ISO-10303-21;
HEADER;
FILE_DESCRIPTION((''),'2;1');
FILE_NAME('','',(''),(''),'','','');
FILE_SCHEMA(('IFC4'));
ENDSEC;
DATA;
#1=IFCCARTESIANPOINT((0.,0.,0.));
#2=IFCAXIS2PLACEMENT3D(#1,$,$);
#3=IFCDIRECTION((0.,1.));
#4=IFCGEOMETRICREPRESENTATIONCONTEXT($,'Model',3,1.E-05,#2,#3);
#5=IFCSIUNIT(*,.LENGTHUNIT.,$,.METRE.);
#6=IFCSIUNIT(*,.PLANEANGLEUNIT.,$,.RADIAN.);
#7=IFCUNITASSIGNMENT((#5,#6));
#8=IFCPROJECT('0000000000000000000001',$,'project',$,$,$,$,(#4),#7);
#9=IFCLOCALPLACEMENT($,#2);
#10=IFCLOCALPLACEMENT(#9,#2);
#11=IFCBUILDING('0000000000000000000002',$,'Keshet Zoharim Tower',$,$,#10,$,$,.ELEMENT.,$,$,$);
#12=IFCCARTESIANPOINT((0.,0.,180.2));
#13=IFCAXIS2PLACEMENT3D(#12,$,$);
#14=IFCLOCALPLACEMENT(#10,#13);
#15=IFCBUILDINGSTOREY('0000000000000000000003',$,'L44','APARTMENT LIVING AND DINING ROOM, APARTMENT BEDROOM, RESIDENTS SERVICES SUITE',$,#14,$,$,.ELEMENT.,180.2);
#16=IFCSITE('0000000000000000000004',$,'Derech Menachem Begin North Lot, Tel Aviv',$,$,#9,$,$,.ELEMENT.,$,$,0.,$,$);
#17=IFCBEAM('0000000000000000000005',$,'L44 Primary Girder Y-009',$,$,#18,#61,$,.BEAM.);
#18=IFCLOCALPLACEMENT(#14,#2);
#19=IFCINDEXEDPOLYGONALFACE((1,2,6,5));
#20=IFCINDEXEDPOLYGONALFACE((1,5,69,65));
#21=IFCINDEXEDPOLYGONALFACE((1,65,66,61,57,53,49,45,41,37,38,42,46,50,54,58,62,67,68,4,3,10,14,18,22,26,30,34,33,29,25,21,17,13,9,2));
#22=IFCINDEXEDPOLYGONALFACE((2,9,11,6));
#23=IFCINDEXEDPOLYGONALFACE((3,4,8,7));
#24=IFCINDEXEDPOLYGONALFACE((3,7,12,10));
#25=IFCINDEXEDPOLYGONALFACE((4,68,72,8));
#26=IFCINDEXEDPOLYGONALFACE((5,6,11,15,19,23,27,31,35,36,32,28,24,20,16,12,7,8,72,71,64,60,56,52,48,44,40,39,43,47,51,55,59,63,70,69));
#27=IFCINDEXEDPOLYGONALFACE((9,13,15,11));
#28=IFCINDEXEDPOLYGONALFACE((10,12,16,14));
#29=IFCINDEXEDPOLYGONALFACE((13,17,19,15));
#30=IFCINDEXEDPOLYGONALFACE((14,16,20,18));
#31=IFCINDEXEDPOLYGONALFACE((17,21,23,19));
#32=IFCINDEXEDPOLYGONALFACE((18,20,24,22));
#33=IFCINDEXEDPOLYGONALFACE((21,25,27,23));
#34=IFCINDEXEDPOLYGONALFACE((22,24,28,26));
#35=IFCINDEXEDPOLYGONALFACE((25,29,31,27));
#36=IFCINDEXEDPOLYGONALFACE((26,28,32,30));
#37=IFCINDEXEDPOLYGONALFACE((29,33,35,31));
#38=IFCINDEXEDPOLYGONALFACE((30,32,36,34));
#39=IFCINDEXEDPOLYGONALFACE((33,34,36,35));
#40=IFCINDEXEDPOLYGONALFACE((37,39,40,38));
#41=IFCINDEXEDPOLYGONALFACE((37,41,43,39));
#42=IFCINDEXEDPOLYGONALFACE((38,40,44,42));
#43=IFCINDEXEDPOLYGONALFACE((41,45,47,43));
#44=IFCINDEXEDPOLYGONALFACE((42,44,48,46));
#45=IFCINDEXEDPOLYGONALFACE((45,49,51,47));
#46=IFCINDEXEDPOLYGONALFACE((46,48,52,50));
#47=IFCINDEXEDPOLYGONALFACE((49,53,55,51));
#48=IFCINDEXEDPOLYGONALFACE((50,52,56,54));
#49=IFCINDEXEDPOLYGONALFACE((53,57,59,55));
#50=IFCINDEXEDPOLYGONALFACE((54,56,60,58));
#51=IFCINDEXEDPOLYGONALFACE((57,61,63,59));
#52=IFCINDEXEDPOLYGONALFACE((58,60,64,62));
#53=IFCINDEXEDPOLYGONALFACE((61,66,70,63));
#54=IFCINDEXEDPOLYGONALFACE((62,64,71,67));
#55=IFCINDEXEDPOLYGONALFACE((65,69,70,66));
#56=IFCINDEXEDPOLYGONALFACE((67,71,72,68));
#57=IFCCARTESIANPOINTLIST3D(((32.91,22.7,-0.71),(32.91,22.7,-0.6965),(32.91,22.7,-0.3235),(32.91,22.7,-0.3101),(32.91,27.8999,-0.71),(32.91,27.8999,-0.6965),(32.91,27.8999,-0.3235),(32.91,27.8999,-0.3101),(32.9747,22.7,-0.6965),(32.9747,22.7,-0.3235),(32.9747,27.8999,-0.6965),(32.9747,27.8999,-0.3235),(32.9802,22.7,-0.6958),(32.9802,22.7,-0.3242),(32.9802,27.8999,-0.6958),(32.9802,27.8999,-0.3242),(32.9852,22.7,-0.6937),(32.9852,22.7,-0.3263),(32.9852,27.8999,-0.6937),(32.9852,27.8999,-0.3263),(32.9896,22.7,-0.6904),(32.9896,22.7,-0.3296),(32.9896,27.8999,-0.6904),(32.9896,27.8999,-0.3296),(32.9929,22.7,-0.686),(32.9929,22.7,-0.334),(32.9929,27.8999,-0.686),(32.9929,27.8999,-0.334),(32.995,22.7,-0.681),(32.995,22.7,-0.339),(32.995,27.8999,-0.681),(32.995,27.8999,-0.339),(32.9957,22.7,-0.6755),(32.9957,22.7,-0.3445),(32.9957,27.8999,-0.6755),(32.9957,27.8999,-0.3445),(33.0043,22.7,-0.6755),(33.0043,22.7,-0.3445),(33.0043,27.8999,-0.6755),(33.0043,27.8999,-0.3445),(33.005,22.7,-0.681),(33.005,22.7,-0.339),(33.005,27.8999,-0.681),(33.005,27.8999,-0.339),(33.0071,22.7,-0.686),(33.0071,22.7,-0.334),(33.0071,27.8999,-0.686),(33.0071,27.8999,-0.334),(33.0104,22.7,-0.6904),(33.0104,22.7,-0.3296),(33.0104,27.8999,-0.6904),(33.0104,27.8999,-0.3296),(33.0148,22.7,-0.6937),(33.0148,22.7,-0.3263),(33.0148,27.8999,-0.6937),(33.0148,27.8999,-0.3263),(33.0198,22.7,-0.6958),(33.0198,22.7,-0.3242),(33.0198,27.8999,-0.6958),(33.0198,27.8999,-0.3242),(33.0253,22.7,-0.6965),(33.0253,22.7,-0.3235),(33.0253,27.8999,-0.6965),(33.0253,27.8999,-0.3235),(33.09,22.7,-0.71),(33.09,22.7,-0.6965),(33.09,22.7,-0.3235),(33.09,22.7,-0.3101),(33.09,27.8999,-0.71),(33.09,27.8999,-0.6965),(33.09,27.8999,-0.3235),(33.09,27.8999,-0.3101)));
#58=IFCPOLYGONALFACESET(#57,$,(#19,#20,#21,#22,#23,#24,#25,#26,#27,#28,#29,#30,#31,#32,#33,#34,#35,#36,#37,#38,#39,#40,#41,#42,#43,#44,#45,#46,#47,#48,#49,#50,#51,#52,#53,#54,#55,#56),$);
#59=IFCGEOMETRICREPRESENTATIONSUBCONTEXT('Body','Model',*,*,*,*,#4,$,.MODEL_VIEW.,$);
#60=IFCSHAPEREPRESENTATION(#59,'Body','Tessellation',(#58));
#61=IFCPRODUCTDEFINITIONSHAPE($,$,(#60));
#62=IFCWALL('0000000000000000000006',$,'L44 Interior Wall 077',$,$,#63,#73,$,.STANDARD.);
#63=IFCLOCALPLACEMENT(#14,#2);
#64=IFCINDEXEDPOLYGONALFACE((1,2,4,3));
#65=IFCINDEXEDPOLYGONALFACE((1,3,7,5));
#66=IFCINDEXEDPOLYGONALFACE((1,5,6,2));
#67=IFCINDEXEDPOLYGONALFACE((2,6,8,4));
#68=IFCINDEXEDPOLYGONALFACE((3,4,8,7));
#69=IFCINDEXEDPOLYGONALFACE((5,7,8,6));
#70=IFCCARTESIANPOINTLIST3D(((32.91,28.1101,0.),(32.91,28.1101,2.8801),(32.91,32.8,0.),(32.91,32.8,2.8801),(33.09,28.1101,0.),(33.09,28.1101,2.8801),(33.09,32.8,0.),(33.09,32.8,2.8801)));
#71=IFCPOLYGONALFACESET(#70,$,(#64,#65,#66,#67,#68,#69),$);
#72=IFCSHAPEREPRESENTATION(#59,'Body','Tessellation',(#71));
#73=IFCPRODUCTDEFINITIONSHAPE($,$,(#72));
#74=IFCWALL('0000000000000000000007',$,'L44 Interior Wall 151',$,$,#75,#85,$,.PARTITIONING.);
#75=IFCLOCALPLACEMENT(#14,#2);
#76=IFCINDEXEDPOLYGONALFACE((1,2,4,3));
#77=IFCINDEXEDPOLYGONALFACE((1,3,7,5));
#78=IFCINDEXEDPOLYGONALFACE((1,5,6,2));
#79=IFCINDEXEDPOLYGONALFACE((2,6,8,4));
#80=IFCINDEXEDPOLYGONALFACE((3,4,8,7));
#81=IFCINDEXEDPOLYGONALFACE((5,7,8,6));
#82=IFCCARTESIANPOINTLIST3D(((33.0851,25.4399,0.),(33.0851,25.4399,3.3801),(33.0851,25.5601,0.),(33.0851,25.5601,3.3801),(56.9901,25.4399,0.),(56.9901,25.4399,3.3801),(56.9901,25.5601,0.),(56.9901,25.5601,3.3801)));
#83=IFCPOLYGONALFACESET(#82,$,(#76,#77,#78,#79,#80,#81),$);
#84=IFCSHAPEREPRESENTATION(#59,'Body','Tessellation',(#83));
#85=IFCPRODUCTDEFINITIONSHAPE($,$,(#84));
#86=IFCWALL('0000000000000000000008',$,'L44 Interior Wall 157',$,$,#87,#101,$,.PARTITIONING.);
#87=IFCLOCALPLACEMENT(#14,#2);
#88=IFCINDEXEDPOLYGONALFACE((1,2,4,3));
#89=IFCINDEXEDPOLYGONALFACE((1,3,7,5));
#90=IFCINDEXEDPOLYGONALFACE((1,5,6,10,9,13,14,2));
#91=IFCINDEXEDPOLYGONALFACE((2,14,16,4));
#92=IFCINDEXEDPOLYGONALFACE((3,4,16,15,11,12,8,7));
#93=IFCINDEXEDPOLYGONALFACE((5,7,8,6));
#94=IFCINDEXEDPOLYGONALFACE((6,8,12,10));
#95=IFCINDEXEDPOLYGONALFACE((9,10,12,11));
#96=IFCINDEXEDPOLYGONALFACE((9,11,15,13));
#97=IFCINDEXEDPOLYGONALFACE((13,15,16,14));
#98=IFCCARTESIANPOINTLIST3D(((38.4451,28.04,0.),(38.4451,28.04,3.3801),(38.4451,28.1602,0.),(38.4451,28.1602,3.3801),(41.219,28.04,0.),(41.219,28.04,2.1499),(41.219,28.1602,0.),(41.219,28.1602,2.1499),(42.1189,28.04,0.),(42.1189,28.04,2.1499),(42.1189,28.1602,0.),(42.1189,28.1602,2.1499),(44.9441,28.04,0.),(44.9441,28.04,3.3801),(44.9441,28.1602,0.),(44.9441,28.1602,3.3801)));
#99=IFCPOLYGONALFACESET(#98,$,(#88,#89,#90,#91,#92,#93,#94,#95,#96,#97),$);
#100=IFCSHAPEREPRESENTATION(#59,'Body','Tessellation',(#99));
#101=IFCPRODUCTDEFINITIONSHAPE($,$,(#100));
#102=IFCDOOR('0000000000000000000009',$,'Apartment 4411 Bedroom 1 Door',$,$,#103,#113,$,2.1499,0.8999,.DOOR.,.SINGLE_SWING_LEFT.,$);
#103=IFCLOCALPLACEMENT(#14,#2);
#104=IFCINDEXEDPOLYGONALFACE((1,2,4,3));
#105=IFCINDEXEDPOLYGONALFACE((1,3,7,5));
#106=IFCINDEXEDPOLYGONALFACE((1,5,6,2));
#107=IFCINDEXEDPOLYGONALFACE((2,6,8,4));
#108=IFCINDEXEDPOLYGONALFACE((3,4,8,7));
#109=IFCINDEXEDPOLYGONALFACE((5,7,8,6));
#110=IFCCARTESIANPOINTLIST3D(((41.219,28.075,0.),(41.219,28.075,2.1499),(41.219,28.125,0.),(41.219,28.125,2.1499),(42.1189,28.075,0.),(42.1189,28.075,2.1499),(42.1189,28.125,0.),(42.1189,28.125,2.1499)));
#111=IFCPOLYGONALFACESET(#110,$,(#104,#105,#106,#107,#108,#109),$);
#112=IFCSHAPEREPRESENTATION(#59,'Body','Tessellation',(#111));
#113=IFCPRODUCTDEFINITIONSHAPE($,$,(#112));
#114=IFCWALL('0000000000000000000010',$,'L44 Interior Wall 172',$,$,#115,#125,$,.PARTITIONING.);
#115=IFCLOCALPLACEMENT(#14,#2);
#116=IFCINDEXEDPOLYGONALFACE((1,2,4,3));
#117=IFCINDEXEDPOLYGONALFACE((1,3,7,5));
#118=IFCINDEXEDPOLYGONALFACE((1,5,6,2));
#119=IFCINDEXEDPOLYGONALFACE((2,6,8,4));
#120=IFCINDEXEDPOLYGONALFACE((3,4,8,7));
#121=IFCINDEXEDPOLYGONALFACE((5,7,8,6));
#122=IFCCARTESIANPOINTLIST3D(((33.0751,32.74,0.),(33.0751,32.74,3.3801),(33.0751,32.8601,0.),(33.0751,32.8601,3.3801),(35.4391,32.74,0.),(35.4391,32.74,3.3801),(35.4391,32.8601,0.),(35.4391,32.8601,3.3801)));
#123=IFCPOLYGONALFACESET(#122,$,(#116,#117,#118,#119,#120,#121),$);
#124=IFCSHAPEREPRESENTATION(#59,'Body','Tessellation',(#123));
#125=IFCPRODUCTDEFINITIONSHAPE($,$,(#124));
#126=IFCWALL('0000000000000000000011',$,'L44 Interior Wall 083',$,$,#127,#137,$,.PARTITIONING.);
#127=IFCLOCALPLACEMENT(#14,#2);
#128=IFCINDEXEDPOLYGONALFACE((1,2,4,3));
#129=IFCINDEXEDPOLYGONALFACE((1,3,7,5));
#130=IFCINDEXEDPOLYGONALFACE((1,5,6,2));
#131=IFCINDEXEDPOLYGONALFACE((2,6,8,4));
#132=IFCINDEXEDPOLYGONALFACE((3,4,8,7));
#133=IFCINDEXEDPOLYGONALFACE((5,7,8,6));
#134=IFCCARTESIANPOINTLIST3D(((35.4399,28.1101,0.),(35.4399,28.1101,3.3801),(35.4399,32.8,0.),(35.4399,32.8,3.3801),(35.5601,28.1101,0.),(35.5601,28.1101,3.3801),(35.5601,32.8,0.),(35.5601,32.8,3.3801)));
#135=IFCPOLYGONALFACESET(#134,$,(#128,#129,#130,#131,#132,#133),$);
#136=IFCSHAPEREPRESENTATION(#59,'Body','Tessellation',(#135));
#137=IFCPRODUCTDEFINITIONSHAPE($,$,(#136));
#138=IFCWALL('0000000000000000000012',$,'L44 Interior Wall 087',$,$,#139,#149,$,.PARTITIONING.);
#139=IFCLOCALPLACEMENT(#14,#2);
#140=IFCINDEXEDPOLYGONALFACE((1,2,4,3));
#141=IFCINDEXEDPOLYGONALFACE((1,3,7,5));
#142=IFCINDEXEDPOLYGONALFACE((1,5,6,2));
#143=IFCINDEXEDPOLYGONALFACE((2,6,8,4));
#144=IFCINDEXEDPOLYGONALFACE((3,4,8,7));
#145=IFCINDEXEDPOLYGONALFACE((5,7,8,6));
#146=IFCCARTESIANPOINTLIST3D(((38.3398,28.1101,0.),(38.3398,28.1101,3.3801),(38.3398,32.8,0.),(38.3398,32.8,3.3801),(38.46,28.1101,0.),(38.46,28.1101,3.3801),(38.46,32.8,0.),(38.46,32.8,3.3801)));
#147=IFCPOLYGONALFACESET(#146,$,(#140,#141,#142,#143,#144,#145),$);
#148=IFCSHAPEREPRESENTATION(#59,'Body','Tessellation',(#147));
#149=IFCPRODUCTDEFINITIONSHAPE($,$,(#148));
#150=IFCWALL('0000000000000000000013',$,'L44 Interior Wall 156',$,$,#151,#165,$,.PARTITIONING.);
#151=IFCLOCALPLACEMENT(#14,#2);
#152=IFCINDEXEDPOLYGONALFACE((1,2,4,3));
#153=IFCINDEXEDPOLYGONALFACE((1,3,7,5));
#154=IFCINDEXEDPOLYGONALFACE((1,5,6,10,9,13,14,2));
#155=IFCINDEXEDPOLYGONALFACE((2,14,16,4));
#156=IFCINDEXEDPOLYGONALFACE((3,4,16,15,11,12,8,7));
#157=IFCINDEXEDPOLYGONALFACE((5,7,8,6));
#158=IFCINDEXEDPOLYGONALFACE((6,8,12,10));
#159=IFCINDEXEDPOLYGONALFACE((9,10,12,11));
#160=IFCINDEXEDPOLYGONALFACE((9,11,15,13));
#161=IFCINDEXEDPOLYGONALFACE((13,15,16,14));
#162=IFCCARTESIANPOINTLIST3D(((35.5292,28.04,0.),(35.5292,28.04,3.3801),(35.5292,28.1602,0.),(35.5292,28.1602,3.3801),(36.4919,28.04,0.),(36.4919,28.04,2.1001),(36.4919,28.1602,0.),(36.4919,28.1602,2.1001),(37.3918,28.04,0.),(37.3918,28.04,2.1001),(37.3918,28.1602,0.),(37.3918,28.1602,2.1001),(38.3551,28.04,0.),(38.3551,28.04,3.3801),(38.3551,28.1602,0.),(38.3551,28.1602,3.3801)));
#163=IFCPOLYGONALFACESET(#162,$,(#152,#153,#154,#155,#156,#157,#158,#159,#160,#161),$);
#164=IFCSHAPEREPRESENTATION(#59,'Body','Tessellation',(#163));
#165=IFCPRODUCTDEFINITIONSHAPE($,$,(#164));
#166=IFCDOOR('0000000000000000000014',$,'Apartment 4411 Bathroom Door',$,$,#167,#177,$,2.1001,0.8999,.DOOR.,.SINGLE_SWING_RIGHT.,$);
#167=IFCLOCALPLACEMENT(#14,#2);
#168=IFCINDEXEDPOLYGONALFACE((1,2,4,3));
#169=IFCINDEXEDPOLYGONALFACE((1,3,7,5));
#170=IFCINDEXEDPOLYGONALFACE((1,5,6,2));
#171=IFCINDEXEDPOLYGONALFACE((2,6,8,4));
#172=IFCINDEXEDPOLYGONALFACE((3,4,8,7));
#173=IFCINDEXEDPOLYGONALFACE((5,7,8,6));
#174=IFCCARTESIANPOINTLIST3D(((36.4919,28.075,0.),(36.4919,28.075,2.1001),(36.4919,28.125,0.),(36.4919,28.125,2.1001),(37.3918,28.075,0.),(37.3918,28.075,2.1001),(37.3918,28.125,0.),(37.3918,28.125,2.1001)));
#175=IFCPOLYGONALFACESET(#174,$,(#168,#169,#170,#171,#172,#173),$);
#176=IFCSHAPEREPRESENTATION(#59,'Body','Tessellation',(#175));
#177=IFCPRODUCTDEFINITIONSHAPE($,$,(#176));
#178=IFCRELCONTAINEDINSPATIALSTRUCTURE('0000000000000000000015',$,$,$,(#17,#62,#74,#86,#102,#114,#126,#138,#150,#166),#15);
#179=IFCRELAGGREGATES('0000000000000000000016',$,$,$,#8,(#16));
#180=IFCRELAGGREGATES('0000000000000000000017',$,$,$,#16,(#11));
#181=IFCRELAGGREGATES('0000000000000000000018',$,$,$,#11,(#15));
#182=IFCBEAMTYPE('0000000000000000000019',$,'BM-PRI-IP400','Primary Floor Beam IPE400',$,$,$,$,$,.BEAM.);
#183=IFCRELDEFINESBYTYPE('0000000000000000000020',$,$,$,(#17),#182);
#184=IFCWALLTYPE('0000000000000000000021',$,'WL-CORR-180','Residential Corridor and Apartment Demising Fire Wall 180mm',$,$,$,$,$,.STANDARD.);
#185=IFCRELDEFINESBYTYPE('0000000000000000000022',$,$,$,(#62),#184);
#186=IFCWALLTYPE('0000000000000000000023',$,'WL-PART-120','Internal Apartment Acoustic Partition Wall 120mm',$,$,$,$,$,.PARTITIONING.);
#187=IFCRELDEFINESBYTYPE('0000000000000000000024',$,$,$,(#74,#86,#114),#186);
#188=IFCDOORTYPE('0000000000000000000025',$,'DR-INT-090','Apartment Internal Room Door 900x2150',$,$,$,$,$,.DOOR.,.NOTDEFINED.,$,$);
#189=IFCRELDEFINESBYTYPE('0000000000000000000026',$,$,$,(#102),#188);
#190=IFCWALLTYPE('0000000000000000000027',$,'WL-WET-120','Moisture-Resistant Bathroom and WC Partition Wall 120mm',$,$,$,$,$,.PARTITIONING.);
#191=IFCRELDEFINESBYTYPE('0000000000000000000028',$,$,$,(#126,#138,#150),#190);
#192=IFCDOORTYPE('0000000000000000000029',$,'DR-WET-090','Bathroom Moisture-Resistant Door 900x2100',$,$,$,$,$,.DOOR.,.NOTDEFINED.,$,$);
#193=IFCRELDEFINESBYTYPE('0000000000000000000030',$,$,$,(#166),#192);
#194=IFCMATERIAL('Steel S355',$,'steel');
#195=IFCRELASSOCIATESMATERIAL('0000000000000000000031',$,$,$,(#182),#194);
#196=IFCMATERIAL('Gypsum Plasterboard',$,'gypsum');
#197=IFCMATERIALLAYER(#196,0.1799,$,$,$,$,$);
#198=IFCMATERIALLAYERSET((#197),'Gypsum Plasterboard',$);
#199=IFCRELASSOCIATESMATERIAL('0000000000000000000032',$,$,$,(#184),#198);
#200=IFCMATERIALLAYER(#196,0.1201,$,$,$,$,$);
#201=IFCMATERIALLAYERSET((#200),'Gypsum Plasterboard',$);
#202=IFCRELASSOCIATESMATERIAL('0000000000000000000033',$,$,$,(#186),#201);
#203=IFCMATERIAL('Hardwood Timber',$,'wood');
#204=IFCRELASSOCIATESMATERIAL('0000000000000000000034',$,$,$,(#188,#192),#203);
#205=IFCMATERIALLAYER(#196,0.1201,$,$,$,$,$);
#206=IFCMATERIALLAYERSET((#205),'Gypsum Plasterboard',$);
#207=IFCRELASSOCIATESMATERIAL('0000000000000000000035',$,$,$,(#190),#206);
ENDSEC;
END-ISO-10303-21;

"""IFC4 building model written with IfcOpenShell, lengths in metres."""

from ifc_helpers import new_model, si_unit, direction, frame, frame_2d, origin, origin_2d, place, context, subcontext, project, spatial, rectangle, i_section, extrude, material, layer, layer_set, material_profile, profile_set, type_object, element, fill, save


model = new_model("IFC4")

# Units and contexts
model_context = context("Model", 3, precision=1e-05, world=origin(), true_north=direction((0.0, 1.0)))
body_context = subcontext(model_context, "Body", "Model", "MODEL_VIEW")
ifc_project = project(units=[si_unit("LENGTHUNIT", "METRE"), si_unit("PLANEANGLEUNIT", "RADIAN")], contexts=[model_context])

# Site, building, storey
site_placement = place(None, origin())
site = spatial("IfcSite", under=ifc_project, at=site_placement, Name="Derech Menachem Begin North Lot, Tel Aviv", CompositionType="ELEMENT", RefElevation=0.0)
building_placement = place(site_placement, origin())
building = spatial("IfcBuilding", under=site, at=building_placement, Name="Keshet Zoharim Tower", CompositionType="ELEMENT")
storey_placement = place(building_placement, frame((0.0, 0.0, 180.2)))
storey = spatial("IfcBuildingStorey", under=building, at=storey_placement, Name="L44", Description="APARTMENT LIVING AND DINING ROOM, APARTMENT BEDROOM, RESIDENTS SERVICES SUITE", CompositionType="ELEMENT", Elevation=180.2)

# Beam
ifc_material_1 = material(Name="Steel S355", Category="steel")
ifc_material_profile_1 = material_profile(ifc_material_1, i_section(OverallWidth=0.1799, OverallDepth=0.3999, WebThickness=0.0085, FlangeThickness=0.0134, FilletRadius=0.021, at=origin_2d()), Name="IPE400")
ifc_profile_set_1 = profile_set([ifc_material_profile_1], Name="Steel S355")
beam_type_1 = type_object("IfcBeamType", Name="BM-PRI-IP400", Description="Primary Floor Beam IPE400", PredefinedType="BEAM", material=ifc_profile_set_1)
beam_1_placement = place(storey_placement, frame((33.0, 22.7, -0.51), z_axis=(0.0, 1.0, 0.0), x_axis=(-1.0, 0.0, 0.0)))
element("IfcBeam", 1, at=beam_1_placement, inside=storey, type_object=beam_type_1, Name="L44 Primary Girder Y-009", PredefinedType="BEAM", context=body_context, shape_type="SweptSolid", body=[
    extrude(i_section(OverallWidth=0.1799, OverallDepth=0.3999, WebThickness=0.0085, FlangeThickness=0.0134, FilletRadius=0.021, at=origin_2d()), origin(), (0.0, 0.0, 1.0), 5.2),
])

# Shared definitions
ifc_material_2 = material(Name="Gypsum Plasterboard", Category="gypsum")
ifc_material_3 = material(Name="Hardwood Timber", Category="wood")
ifc_layer_1 = layer(ifc_material_2, 0.1799)
ifc_layer_set_1 = layer_set([ifc_layer_1], Name="Gypsum Plasterboard")
wall_type_1 = type_object("IfcWallType", Name="WL-CORR-180", Description="Residential Corridor and Apartment Demising Fire Wall 180mm", PredefinedType="STANDARD", material=ifc_layer_set_1)

# Walls
wall_1_placement = place(storey_placement, frame((33.0, 28.1101, 0.0), z_axis=(0.0, 0.0, 1.0), x_axis=(0.0, 1.0, 0.0)))
element("IfcWall", 2, at=wall_1_placement, inside=storey, type_object=wall_type_1, Name="L44 Interior Wall 077", PredefinedType="STANDARD", context=body_context, shape_type="SweptSolid", body=[
    extrude(rectangle(XDim=4.6899, YDim=0.1799, at=frame_2d((2.345, 0.0))), origin(), (0.0, 0.0, 1.0), 2.8801),
])
ifc_layer_2 = layer(ifc_material_2, 0.1201)
ifc_layer_set_2 = layer_set([ifc_layer_2], Name="Gypsum Plasterboard")
wall_type_2 = type_object("IfcWallType", Name="WL-PART-120", Description="Internal Apartment Acoustic Partition Wall 120mm", PredefinedType="PARTITIONING", material=ifc_layer_set_2)
wall_2_placement = place(storey_placement, frame((33.085, 25.5, 0.0), z_axis=(0.0, 0.0, 1.0), x_axis=(1.0, 0.0, 0.0)))
element("IfcWall", 3, at=wall_2_placement, inside=storey, type_object=wall_type_2, Name="L44 Interior Wall 151", PredefinedType="PARTITIONING", context=body_context, shape_type="SweptSolid", body=[
    extrude(rectangle(XDim=23.905, YDim=0.1201, at=frame_2d((11.9526, 0.0))), origin(), (0.0, 0.0, 1.0), 3.3801),
])

# Wall, opening, door
door_type_1 = type_object("IfcDoorType", Name="DR-INT-090", Description="Apartment Internal Room Door 900x2150", OperationType="NOTDEFINED", PredefinedType="DOOR", material=ifc_material_3)
wall_3_placement = place(storey_placement, frame((38.4451, 28.1001, 0.0), z_axis=(0.0, 0.0, 1.0), x_axis=(1.0, 0.0, 0.0)))
wall_3 = element("IfcWall", 4, at=wall_3_placement, inside=storey, type_object=wall_type_2, Name="L44 Interior Wall 157", PredefinedType="PARTITIONING", context=body_context, shape_type="SweptSolid", body=[
    extrude(rectangle(XDim=6.499, YDim=0.1201, at=frame_2d((3.2495, 0.0))), origin(), (0.0, 0.0, 1.0), 3.3801),
])
opening_1_placement = place(wall_3_placement, frame((2.7739, 0.0, 0.0)))
opening_1 = element("IfcOpeningElement", 5, at=opening_1_placement, cuts=wall_3, PredefinedType="OPENING", context=body_context, shape_type="SweptSolid", body=[
    extrude(rectangle(XDim=0.8999, YDim=2.1499, at=frame_2d((0.45, 1.075))), frame((0.0, 0.0701, 0.0), z_axis=(0.0, -1.0, 0.0), x_axis=(1.0, 0.0, 0.0)), (0.0, 0.0, 1.0), 0.1401),
])
door_1_placement = place(opening_1_placement, origin())
door_1 = element("IfcDoor", 6, at=door_1_placement, inside=storey, type_object=door_type_1, Name="Apartment 4411 Bedroom 1 Door", OperationType="SINGLE_SWING_LEFT", OverallHeight=2.1499, OverallWidth=0.8999, PredefinedType="DOOR", context=body_context, shape_type="SweptSolid", body=[
    extrude(rectangle(XDim=0.8999, YDim=2.1499, at=frame_2d((0.45, 1.075))), frame((0.0, 0.0249, 0.0), z_axis=(0.0, -1.0, 0.0), x_axis=(1.0, 0.0, 0.0)), (0.0, 0.0, 1.0), 0.05),
])
fill(opening_1, door_1)

# Walls
wall_4_placement = place(storey_placement, frame((33.075, 32.8, 0.0), z_axis=(0.0, 0.0, 1.0), x_axis=(1.0, 0.0, 0.0)))
element("IfcWall", 7, at=wall_4_placement, inside=storey, type_object=wall_type_2, Name="L44 Interior Wall 172", PredefinedType="PARTITIONING", context=body_context, shape_type="SweptSolid", body=[
    extrude(rectangle(XDim=2.364, YDim=0.1201, at=frame_2d((1.1821, 0.0))), origin(), (0.0, 0.0, 1.0), 3.3801),
])
ifc_layer_3 = layer(ifc_material_2, 0.1201)
ifc_layer_set_3 = layer_set([ifc_layer_3], Name="Gypsum Plasterboard")
wall_type_3 = type_object("IfcWallType", Name="WL-WET-120", Description="Moisture-Resistant Bathroom and WC Partition Wall 120mm", PredefinedType="PARTITIONING", material=ifc_layer_set_3)
for number, where, z_axis, x_axis, name in (
    (8, (35.5, 28.1101, 0.0), (0.0, 0.0, 1.0), (0.0, 1.0, 0.0), "L44 Interior Wall 083"),
    (9, (38.3999, 28.1101, 0.0), (0.0, 0.0, 1.0), (0.0, 1.0, 0.0), "L44 Interior Wall 087"),
):
    element("IfcWall", number, at=place(storey_placement, frame(where, z_axis=z_axis, x_axis=x_axis)), inside=storey, type_object=wall_type_3, Name=name, PredefinedType="PARTITIONING", context=body_context, shape_type="SweptSolid", body=[
        extrude(rectangle(XDim=4.6899, YDim=0.1201, at=frame_2d((2.345, 0.0))), origin(), (0.0, 0.0, 1.0), 3.3801),
    ])

# Wall, opening, door
wall_5_placement = place(storey_placement, frame((35.5291, 28.1001, 0.0), z_axis=(0.0, 0.0, 1.0), x_axis=(1.0, 0.0, 0.0)))
wall_5 = element("IfcWall", 10, at=wall_5_placement, inside=storey, type_object=wall_type_3, Name="L44 Interior Wall 156", PredefinedType="PARTITIONING", context=body_context, shape_type="SweptSolid", body=[
    extrude(rectangle(XDim=2.8259, YDim=0.1201, at=frame_2d((1.4131, 0.0))), origin(), (0.0, 0.0, 1.0), 3.3801),
])
opening_2_placement = place(wall_5_placement, frame((0.9629, 0.0, 0.0)))
opening_2 = element("IfcOpeningElement", 11, at=opening_2_placement, cuts=wall_5, PredefinedType="OPENING", context=body_context, shape_type="SweptSolid", body=[
    extrude(rectangle(XDim=0.8999, YDim=2.1001, at=frame_2d((0.45, 1.05))), frame((0.0, 0.0701, 0.0), z_axis=(0.0, -1.0, 0.0), x_axis=(1.0, 0.0, 0.0)), (0.0, 0.0, 1.0), 0.1401),
])
door_type_2 = type_object("IfcDoorType", Name="DR-WET-090", Description="Bathroom Moisture-Resistant Door 900x2100", OperationType="NOTDEFINED", PredefinedType="DOOR", material=ifc_material_3)
door_2_placement = place(opening_2_placement, origin())
door_2 = element("IfcDoor", 12, at=door_2_placement, inside=storey, type_object=door_type_2, Name="Apartment 4411 Bathroom Door", OperationType="SINGLE_SWING_RIGHT", OverallHeight=2.1001, OverallWidth=0.8999, PredefinedType="DOOR", context=body_context, shape_type="SweptSolid", body=[
    extrude(rectangle(XDim=0.8999, YDim=2.1001, at=frame_2d((0.45, 1.05))), frame((0.0, 0.0249, 0.0), z_axis=(0.0, -1.0, 0.0), x_axis=(1.0, 0.0, 0.0)), (0.0, 0.0, 1.0), 0.05),
])
fill(opening_2, door_2)

save(model, "model.ifc")
